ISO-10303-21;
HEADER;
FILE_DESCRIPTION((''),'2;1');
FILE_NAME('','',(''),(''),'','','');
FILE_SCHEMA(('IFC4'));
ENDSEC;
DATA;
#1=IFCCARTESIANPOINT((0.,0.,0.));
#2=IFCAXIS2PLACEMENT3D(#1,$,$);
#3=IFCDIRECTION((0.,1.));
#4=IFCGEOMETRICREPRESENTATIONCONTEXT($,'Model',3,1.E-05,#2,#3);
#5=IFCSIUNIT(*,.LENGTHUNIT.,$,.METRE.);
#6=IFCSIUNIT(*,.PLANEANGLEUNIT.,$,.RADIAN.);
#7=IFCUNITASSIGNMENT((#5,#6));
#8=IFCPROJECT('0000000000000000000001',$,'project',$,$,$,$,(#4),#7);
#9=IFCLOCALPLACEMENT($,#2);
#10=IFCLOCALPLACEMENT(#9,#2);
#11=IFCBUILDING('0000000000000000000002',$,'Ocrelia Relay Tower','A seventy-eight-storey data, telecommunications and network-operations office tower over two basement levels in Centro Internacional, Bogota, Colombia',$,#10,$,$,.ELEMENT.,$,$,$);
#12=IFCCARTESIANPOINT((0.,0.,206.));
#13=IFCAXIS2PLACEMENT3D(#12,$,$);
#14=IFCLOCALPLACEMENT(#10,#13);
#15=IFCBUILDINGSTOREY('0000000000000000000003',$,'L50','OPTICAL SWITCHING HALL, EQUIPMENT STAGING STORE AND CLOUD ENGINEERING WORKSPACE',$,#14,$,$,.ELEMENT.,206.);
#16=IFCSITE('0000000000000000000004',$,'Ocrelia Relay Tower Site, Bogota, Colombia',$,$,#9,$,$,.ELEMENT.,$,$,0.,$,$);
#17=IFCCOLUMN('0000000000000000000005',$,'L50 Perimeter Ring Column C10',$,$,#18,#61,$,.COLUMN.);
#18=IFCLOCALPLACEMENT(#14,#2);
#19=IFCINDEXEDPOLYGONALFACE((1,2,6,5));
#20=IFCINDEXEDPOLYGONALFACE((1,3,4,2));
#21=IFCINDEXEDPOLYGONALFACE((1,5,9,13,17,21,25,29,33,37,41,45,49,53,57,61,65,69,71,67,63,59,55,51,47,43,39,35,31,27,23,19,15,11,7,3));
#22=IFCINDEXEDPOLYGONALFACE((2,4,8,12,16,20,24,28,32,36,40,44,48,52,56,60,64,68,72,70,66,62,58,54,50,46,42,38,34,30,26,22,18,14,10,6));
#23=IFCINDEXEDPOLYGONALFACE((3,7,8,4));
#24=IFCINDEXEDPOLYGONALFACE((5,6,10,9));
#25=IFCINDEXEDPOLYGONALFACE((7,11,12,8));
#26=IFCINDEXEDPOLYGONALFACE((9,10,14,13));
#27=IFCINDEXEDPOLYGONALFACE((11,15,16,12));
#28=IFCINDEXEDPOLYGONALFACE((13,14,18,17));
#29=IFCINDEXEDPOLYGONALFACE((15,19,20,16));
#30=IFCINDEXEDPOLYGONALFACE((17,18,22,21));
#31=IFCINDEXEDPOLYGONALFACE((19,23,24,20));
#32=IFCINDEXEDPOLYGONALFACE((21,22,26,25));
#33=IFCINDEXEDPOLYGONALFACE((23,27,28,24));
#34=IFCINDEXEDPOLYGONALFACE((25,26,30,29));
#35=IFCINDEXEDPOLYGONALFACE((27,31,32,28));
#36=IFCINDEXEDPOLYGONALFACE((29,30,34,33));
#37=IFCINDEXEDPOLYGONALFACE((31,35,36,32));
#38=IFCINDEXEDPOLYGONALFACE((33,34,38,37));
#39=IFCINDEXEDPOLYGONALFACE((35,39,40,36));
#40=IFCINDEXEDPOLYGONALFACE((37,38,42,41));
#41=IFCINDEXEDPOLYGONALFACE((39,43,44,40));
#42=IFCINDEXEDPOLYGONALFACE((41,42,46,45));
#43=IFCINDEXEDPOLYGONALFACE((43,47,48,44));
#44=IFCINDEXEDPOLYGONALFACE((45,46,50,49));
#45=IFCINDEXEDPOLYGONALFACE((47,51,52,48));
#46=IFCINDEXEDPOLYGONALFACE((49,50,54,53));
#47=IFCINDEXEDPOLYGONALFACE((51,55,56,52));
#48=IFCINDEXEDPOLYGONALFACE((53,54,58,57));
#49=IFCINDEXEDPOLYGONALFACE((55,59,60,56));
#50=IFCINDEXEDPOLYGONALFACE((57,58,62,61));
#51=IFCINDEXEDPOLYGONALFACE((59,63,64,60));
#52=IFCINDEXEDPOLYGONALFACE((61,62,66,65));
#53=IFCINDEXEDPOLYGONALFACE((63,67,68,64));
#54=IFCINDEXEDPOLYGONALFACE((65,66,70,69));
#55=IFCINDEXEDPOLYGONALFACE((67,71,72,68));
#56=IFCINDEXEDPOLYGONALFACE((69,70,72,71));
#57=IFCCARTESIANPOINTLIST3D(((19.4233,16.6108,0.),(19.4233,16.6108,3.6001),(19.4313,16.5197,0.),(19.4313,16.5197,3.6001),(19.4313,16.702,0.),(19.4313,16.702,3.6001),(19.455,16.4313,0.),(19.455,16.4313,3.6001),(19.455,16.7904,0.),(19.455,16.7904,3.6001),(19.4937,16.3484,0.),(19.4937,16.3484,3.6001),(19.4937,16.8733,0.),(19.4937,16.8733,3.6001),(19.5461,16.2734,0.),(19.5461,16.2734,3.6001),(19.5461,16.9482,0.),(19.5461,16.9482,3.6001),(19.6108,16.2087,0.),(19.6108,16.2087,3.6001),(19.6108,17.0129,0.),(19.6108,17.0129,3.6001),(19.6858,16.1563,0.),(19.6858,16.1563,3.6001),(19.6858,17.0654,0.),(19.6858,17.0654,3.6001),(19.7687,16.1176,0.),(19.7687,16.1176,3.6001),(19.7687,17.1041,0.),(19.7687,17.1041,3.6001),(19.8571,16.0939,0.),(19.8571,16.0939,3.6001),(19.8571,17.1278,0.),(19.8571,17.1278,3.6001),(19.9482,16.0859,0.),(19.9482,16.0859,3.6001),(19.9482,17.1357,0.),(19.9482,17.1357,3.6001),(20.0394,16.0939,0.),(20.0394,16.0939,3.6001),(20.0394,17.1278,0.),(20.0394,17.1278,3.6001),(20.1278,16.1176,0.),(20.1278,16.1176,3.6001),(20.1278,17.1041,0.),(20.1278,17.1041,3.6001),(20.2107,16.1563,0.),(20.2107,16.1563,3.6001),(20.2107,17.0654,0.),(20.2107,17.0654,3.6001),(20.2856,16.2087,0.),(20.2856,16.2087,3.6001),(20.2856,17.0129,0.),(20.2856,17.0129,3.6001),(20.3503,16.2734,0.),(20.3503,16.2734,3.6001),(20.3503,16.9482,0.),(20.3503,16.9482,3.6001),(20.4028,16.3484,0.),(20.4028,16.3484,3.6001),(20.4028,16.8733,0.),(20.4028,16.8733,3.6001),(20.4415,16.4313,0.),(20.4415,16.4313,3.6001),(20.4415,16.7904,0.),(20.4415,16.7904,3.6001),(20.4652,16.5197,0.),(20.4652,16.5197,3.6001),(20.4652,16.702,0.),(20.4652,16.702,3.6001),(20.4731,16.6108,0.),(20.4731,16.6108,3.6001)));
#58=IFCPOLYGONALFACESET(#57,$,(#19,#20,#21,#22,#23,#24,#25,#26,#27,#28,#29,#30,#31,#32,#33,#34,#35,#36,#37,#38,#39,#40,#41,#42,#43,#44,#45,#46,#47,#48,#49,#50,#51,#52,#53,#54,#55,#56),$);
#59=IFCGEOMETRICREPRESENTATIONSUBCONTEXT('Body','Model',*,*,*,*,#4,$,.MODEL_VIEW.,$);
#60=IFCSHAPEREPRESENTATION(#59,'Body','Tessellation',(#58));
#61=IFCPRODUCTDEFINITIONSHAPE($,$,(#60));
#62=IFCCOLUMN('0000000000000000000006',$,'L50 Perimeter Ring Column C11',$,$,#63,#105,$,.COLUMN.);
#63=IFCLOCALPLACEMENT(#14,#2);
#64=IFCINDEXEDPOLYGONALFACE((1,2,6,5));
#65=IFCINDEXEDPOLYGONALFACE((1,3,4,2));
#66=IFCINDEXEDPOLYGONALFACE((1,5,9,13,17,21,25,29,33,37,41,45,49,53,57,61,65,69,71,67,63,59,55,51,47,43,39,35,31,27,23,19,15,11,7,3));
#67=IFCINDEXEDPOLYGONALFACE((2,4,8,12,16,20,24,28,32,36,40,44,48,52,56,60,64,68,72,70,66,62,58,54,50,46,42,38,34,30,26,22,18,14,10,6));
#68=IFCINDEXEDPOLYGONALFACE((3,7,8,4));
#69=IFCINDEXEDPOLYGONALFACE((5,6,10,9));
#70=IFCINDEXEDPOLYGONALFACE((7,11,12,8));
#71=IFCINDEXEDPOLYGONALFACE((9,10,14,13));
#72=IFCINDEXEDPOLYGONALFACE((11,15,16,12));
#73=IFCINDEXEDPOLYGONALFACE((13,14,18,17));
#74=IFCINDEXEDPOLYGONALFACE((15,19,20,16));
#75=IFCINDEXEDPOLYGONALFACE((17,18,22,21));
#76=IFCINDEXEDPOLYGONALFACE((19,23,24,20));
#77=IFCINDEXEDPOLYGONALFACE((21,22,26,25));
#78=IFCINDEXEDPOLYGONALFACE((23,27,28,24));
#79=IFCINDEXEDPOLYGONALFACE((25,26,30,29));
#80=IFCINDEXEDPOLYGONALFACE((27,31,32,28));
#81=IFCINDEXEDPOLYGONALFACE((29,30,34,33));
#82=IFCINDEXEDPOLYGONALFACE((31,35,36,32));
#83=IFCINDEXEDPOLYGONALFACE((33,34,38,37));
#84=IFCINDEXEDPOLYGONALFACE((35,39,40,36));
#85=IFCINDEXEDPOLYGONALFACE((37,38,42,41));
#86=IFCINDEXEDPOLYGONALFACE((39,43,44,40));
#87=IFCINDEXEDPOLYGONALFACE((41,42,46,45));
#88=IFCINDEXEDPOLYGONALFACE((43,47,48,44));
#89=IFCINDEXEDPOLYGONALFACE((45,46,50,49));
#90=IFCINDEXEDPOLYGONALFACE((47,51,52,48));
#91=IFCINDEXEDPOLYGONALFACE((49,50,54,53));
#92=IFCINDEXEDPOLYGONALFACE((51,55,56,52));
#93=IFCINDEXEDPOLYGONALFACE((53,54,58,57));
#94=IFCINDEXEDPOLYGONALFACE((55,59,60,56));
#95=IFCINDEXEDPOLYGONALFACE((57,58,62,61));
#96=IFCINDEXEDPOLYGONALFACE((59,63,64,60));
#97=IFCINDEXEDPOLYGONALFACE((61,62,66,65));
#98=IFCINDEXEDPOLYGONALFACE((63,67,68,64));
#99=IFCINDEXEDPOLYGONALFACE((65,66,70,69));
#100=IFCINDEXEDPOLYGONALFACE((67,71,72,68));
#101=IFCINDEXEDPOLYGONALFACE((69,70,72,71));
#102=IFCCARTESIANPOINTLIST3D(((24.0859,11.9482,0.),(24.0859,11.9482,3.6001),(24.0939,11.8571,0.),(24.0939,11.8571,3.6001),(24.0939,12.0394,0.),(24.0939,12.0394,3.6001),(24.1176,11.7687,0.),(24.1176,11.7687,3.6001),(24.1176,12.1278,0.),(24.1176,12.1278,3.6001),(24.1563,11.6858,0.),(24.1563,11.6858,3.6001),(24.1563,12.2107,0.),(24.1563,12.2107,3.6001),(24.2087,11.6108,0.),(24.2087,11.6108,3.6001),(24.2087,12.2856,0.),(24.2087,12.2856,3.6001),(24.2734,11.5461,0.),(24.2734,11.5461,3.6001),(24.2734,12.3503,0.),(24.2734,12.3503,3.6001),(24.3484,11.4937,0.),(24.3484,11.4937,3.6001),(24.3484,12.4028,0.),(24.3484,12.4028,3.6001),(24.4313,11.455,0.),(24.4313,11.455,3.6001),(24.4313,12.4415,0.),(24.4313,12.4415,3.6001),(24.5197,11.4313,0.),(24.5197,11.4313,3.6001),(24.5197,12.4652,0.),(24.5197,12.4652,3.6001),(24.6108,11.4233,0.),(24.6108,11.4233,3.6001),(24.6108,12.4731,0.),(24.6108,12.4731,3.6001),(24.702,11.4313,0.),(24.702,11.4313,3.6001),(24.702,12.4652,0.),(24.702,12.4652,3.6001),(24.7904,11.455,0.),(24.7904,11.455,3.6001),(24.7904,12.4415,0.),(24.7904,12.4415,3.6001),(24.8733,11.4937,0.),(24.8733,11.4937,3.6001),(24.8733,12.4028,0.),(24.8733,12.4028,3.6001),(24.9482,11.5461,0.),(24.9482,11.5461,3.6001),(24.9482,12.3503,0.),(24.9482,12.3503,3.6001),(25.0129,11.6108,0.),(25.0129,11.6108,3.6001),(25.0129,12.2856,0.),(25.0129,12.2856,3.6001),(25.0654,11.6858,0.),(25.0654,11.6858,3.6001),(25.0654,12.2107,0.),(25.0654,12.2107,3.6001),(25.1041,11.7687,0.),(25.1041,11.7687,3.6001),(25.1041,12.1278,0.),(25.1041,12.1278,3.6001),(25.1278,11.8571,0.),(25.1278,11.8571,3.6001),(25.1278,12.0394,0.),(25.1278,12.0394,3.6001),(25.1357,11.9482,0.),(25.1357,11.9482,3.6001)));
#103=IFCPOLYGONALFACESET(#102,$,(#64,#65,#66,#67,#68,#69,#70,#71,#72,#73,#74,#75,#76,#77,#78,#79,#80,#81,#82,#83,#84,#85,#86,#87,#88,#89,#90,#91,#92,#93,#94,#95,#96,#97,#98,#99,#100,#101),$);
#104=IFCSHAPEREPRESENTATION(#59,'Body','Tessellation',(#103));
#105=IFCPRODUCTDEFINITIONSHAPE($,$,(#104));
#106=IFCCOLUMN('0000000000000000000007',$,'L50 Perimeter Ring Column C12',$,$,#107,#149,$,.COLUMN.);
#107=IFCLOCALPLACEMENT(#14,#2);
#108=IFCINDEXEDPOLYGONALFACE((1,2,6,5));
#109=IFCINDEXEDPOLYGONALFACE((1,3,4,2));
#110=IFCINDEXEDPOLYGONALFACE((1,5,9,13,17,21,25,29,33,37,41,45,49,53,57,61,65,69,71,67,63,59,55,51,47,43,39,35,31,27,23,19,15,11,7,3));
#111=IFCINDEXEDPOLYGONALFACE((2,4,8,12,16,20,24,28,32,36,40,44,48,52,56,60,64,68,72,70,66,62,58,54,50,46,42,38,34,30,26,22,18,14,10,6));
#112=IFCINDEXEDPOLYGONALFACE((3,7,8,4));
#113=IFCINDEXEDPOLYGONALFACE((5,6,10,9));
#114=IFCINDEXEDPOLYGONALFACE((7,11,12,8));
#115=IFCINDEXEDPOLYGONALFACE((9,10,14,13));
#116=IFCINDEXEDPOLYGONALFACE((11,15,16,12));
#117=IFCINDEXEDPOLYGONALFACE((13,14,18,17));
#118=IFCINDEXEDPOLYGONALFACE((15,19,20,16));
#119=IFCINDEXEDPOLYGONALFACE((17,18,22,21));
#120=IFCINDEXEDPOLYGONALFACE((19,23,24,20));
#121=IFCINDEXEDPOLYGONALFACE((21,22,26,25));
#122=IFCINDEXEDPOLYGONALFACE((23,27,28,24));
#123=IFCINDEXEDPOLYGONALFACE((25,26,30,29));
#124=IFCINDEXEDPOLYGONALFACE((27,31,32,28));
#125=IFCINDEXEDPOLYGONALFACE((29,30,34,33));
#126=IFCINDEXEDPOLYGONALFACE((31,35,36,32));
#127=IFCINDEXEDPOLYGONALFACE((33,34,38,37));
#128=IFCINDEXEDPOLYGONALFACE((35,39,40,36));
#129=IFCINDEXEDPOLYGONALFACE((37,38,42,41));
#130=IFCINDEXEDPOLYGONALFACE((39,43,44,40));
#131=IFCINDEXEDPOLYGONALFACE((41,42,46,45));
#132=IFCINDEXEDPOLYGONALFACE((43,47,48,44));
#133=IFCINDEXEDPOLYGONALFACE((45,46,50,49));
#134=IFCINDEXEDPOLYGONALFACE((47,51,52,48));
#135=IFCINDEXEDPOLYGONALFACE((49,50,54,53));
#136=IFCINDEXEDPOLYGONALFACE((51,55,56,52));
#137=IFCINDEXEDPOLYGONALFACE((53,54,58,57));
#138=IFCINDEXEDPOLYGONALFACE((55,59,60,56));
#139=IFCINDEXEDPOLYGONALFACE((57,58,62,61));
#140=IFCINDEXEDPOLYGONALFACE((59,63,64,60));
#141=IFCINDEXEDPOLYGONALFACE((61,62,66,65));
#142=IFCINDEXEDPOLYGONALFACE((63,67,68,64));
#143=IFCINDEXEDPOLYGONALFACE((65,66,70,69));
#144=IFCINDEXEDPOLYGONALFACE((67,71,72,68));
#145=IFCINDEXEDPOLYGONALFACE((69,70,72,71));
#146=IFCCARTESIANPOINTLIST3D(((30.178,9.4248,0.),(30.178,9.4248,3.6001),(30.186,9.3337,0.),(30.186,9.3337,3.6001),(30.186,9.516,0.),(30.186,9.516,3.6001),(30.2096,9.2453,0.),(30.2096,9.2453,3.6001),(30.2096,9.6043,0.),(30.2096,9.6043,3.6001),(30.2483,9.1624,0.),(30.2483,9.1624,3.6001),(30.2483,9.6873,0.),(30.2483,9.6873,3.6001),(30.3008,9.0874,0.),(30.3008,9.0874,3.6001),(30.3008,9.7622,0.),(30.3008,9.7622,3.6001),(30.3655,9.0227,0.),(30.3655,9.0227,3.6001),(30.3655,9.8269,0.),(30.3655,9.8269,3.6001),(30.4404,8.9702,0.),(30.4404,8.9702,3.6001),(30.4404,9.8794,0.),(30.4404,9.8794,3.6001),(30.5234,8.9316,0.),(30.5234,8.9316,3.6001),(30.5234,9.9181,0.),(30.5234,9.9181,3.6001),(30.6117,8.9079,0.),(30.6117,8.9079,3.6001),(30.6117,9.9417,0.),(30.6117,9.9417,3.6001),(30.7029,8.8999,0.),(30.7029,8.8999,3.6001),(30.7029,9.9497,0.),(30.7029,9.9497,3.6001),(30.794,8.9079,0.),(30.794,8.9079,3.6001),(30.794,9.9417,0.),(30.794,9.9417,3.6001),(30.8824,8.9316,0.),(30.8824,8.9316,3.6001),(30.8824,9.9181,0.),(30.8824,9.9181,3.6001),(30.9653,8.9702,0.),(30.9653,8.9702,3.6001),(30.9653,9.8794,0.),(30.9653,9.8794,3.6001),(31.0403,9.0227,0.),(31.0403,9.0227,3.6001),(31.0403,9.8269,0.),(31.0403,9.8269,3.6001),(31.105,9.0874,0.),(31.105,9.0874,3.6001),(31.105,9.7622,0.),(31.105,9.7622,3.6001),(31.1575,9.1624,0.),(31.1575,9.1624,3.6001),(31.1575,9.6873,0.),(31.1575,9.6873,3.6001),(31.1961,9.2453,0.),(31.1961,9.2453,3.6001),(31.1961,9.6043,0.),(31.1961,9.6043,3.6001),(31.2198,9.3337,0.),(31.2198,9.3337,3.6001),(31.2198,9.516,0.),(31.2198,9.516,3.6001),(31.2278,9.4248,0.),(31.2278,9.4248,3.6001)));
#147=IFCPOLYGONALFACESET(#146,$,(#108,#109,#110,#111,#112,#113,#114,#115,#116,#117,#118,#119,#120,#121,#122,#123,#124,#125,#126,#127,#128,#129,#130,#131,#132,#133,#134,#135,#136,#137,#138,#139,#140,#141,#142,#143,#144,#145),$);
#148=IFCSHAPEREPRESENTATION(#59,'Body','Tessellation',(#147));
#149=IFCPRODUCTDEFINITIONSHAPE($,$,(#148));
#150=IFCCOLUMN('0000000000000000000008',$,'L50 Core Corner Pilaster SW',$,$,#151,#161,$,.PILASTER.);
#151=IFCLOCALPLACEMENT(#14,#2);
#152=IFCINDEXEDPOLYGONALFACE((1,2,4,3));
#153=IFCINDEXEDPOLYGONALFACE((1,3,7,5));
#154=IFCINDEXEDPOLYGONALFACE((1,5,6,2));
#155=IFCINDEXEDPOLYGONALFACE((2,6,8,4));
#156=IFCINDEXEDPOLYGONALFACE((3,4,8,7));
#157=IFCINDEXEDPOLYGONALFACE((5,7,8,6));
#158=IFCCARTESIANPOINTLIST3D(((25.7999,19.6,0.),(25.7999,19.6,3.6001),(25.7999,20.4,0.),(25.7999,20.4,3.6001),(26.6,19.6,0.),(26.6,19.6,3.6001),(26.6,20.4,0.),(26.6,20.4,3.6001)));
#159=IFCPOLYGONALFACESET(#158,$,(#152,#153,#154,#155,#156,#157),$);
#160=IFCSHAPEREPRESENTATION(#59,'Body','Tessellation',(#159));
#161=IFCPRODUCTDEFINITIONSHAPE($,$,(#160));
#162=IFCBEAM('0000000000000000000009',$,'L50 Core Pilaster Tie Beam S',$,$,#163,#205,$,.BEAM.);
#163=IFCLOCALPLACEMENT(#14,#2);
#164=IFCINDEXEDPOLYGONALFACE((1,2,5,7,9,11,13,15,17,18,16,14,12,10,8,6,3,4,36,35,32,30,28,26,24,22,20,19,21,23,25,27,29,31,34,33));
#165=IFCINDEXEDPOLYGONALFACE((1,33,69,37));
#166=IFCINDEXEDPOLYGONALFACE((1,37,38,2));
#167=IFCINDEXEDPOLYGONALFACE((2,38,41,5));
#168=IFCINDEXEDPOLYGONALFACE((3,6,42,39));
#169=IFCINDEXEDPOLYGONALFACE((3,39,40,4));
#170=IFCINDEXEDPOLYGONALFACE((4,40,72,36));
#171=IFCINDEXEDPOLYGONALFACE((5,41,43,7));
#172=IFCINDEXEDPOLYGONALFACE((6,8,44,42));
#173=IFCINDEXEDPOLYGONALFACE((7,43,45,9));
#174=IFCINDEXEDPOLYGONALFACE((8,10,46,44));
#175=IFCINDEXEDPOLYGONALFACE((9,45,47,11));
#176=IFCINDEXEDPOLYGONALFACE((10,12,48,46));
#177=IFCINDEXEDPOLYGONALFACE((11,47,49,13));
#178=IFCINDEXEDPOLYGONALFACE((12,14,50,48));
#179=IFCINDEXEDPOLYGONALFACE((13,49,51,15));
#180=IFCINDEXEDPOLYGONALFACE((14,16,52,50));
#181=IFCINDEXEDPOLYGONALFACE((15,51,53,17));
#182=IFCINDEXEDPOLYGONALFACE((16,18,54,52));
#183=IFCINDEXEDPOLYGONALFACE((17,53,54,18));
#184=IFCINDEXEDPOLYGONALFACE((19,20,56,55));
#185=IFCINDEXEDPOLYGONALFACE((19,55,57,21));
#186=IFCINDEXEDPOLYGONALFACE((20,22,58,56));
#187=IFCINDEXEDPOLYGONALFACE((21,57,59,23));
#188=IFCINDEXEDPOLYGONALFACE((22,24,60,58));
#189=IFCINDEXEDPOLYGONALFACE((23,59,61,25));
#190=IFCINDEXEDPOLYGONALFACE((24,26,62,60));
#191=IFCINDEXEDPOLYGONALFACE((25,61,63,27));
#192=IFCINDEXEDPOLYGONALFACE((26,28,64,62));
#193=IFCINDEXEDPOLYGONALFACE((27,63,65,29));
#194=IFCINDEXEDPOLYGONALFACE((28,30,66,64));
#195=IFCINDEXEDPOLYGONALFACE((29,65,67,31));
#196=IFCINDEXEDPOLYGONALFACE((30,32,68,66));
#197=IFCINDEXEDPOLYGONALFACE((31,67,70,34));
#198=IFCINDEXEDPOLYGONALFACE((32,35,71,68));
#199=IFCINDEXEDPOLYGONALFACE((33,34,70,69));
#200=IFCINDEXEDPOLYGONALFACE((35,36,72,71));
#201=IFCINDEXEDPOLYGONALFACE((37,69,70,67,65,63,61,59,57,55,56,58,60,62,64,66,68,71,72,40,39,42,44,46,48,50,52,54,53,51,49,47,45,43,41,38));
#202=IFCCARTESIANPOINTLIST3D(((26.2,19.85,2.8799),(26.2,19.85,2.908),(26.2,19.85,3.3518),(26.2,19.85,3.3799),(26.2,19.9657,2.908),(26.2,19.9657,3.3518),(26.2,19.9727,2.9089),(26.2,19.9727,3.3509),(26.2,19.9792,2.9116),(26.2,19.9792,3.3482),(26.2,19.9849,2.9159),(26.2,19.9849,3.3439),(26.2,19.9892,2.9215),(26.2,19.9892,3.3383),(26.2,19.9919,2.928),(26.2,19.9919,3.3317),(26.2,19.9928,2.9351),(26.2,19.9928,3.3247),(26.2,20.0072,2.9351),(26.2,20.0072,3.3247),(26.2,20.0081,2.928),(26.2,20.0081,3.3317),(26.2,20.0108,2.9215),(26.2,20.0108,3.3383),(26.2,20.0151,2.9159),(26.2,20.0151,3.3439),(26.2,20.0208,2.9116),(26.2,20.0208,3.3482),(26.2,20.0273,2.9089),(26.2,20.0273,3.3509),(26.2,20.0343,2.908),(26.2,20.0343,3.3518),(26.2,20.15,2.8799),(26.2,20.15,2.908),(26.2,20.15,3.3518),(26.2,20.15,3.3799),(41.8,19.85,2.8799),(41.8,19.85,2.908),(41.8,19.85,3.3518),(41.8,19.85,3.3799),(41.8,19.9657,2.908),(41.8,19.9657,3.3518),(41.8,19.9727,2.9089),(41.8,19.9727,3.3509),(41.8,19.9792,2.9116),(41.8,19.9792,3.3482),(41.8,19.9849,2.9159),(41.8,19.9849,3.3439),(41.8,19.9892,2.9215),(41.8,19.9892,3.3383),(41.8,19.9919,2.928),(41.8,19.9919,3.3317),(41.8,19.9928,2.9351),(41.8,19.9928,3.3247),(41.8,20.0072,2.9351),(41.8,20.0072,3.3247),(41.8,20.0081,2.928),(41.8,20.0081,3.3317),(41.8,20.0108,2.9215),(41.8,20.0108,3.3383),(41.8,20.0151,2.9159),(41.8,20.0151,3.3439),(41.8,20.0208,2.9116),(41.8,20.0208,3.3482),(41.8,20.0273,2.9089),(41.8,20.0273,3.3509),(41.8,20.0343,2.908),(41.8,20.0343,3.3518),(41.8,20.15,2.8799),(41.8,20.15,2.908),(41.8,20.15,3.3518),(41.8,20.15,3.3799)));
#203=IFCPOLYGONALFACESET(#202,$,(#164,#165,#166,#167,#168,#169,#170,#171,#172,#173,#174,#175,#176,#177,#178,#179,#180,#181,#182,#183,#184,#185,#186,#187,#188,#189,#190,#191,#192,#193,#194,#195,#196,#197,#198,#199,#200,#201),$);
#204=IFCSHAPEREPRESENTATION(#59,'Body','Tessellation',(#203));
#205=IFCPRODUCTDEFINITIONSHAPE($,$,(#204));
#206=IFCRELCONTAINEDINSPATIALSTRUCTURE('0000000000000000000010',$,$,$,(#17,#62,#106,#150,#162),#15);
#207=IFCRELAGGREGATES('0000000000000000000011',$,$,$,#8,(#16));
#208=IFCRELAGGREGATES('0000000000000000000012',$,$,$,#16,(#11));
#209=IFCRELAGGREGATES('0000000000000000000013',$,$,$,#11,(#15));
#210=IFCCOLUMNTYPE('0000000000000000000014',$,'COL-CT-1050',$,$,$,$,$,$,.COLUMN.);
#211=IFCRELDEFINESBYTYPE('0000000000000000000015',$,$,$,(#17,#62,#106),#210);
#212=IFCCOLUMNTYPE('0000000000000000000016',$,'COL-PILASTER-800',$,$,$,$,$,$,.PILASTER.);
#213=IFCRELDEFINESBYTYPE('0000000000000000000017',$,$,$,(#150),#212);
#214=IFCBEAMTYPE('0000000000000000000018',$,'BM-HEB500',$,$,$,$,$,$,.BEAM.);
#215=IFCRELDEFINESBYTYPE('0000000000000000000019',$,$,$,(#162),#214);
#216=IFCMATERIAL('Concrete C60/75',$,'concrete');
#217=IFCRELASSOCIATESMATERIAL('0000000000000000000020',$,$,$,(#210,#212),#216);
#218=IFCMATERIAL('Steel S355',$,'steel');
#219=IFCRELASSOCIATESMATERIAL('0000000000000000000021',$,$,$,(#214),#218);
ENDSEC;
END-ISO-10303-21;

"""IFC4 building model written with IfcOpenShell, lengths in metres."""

from ifc_helpers import new_model, si_unit, direction, frame, origin, origin_2d, place, context, subcontext, project, spatial, rectangle, circle, i_section, extrude, material, material_profile, profile_set, type_object, element, save


model = new_model("IFC4")

# Units and contexts
model_context = context("Model", 3, precision=1e-05, world=origin(), true_north=direction((0.0, 1.0)))
body_context = subcontext(model_context, "Body", "Model", "MODEL_VIEW")
ifc_project = project(units=[si_unit("LENGTHUNIT", "METRE"), si_unit("PLANEANGLEUNIT", "RADIAN")], contexts=[model_context])

# Site, building, storey
site_placement = place(None, origin())
site = spatial("IfcSite", under=ifc_project, at=site_placement, Name="Ocrelia Relay Tower Site, Bogota, Colombia", CompositionType="ELEMENT", RefElevation=0.0)
building_placement = place(site_placement, origin())
building = spatial("IfcBuilding", under=site, at=building_placement, Name="Ocrelia Relay Tower", Description="A seventy-eight-storey data, telecommunications and network-operations office tower over two basement levels in Centro Internacional, Bogota, Colombia", CompositionType="ELEMENT")
storey_placement = place(building_placement, frame((0.0, 0.0, 206.0)))
storey = spatial("IfcBuildingStorey", under=building, at=storey_placement, Name="L50", Description="OPTICAL SWITCHING HALL, EQUIPMENT STAGING STORE AND CLOUD ENGINEERING WORKSPACE", CompositionType="ELEMENT", Elevation=206.0)

# Columns
ifc_material_1 = material(Name="Concrete C60/75", Category="concrete")
ifc_material_profile_1 = material_profile(ifc_material_1, circle(Radius=0.5249, at=origin_2d()), Name="RC-CIR-1050")
ifc_profile_set_1 = profile_set([ifc_material_profile_1], Name="Concrete C60/75")
column_type_1 = type_object("IfcColumnType", Name="COL-CT-1050", PredefinedType="COLUMN", material=ifc_profile_set_1)
for number, where, z_axis, x_axis, name in (
    (1, (19.9482, 16.6108, 0.0), (0.0, 0.0, 1.0), (1.0, 0.0, 0.0), "L50 Perimeter Ring Column C10"),
    (2, (24.6108, 11.9482, 0.0), (0.0, 0.0, 1.0), (1.0, 0.0, 0.0), "L50 Perimeter Ring Column C11"),
    (3, (30.7029, 9.4248, 0.0), (0.0, 0.0, 1.0), (1.0, 0.0, 0.0), "L50 Perimeter Ring Column C12"),
):
    element("IfcColumn", number, at=place(storey_placement, frame(where, z_axis=z_axis, x_axis=x_axis)), inside=storey, type_object=column_type_1, Name=name, PredefinedType="COLUMN", context=body_context, shape_type="SweptSolid", body=[
        extrude(circle(Radius=0.5249, at=origin_2d()), origin(), (0.0, 0.0, 1.0), 3.6001),
    ])
ifc_material_profile_2 = material_profile(ifc_material_1, rectangle(XDim=0.8, YDim=0.8, at=origin_2d()), Name="RC-COL-800x800")
ifc_profile_set_2 = profile_set([ifc_material_profile_2], Name="Concrete C60/75")
column_type_2 = type_object("IfcColumnType", Name="COL-PILASTER-800", PredefinedType="PILASTER", material=ifc_profile_set_2)
column_placement = place(storey_placement, frame((26.2, 20.0, 0.0), z_axis=(0.0, 0.0, 1.0), x_axis=(1.0, 0.0, 0.0)))
element("IfcColumn", 4, at=column_placement, inside=storey, type_object=column_type_2, Name="L50 Core Corner Pilaster SW", PredefinedType="PILASTER", context=body_context, shape_type="SweptSolid", body=[
    extrude(rectangle(XDim=0.8, YDim=0.8, at=origin_2d()), origin(), (0.0, 0.0, 1.0), 3.6001),
])

# Beam
ifc_material_2 = material(Name="Steel S355", Category="steel")
ifc_material_profile_3 = material_profile(ifc_material_2, i_section(OverallWidth=0.3, OverallDepth=0.5, WebThickness=0.0144, FlangeThickness=0.0281, FilletRadius=0.0271, at=origin_2d()), Name="HEB 500")
ifc_profile_set_3 = profile_set([ifc_material_profile_3], Name="Steel S355")
beam_type_1 = type_object("IfcBeamType", Name="BM-HEB500", PredefinedType="BEAM", material=ifc_profile_set_3)
beam_1_placement = place(storey_placement, frame((26.2, 20.0, 3.1299), z_axis=(1.0, 0.0, 0.0), x_axis=(0.0, 1.0, 0.0)))
element("IfcBeam", 5, at=beam_1_placement, inside=storey, type_object=beam_type_1, Name="L50 Core Pilaster Tie Beam S", PredefinedType="BEAM", context=body_context, shape_type="SweptSolid", body=[
    extrude(i_section(OverallWidth=0.3, OverallDepth=0.5, WebThickness=0.0144, FlangeThickness=0.0281, FilletRadius=0.0271, at=origin_2d()), origin(), (0.0, 0.0, 1.0), 15.6001),
])

save(model, "model.ifc")
